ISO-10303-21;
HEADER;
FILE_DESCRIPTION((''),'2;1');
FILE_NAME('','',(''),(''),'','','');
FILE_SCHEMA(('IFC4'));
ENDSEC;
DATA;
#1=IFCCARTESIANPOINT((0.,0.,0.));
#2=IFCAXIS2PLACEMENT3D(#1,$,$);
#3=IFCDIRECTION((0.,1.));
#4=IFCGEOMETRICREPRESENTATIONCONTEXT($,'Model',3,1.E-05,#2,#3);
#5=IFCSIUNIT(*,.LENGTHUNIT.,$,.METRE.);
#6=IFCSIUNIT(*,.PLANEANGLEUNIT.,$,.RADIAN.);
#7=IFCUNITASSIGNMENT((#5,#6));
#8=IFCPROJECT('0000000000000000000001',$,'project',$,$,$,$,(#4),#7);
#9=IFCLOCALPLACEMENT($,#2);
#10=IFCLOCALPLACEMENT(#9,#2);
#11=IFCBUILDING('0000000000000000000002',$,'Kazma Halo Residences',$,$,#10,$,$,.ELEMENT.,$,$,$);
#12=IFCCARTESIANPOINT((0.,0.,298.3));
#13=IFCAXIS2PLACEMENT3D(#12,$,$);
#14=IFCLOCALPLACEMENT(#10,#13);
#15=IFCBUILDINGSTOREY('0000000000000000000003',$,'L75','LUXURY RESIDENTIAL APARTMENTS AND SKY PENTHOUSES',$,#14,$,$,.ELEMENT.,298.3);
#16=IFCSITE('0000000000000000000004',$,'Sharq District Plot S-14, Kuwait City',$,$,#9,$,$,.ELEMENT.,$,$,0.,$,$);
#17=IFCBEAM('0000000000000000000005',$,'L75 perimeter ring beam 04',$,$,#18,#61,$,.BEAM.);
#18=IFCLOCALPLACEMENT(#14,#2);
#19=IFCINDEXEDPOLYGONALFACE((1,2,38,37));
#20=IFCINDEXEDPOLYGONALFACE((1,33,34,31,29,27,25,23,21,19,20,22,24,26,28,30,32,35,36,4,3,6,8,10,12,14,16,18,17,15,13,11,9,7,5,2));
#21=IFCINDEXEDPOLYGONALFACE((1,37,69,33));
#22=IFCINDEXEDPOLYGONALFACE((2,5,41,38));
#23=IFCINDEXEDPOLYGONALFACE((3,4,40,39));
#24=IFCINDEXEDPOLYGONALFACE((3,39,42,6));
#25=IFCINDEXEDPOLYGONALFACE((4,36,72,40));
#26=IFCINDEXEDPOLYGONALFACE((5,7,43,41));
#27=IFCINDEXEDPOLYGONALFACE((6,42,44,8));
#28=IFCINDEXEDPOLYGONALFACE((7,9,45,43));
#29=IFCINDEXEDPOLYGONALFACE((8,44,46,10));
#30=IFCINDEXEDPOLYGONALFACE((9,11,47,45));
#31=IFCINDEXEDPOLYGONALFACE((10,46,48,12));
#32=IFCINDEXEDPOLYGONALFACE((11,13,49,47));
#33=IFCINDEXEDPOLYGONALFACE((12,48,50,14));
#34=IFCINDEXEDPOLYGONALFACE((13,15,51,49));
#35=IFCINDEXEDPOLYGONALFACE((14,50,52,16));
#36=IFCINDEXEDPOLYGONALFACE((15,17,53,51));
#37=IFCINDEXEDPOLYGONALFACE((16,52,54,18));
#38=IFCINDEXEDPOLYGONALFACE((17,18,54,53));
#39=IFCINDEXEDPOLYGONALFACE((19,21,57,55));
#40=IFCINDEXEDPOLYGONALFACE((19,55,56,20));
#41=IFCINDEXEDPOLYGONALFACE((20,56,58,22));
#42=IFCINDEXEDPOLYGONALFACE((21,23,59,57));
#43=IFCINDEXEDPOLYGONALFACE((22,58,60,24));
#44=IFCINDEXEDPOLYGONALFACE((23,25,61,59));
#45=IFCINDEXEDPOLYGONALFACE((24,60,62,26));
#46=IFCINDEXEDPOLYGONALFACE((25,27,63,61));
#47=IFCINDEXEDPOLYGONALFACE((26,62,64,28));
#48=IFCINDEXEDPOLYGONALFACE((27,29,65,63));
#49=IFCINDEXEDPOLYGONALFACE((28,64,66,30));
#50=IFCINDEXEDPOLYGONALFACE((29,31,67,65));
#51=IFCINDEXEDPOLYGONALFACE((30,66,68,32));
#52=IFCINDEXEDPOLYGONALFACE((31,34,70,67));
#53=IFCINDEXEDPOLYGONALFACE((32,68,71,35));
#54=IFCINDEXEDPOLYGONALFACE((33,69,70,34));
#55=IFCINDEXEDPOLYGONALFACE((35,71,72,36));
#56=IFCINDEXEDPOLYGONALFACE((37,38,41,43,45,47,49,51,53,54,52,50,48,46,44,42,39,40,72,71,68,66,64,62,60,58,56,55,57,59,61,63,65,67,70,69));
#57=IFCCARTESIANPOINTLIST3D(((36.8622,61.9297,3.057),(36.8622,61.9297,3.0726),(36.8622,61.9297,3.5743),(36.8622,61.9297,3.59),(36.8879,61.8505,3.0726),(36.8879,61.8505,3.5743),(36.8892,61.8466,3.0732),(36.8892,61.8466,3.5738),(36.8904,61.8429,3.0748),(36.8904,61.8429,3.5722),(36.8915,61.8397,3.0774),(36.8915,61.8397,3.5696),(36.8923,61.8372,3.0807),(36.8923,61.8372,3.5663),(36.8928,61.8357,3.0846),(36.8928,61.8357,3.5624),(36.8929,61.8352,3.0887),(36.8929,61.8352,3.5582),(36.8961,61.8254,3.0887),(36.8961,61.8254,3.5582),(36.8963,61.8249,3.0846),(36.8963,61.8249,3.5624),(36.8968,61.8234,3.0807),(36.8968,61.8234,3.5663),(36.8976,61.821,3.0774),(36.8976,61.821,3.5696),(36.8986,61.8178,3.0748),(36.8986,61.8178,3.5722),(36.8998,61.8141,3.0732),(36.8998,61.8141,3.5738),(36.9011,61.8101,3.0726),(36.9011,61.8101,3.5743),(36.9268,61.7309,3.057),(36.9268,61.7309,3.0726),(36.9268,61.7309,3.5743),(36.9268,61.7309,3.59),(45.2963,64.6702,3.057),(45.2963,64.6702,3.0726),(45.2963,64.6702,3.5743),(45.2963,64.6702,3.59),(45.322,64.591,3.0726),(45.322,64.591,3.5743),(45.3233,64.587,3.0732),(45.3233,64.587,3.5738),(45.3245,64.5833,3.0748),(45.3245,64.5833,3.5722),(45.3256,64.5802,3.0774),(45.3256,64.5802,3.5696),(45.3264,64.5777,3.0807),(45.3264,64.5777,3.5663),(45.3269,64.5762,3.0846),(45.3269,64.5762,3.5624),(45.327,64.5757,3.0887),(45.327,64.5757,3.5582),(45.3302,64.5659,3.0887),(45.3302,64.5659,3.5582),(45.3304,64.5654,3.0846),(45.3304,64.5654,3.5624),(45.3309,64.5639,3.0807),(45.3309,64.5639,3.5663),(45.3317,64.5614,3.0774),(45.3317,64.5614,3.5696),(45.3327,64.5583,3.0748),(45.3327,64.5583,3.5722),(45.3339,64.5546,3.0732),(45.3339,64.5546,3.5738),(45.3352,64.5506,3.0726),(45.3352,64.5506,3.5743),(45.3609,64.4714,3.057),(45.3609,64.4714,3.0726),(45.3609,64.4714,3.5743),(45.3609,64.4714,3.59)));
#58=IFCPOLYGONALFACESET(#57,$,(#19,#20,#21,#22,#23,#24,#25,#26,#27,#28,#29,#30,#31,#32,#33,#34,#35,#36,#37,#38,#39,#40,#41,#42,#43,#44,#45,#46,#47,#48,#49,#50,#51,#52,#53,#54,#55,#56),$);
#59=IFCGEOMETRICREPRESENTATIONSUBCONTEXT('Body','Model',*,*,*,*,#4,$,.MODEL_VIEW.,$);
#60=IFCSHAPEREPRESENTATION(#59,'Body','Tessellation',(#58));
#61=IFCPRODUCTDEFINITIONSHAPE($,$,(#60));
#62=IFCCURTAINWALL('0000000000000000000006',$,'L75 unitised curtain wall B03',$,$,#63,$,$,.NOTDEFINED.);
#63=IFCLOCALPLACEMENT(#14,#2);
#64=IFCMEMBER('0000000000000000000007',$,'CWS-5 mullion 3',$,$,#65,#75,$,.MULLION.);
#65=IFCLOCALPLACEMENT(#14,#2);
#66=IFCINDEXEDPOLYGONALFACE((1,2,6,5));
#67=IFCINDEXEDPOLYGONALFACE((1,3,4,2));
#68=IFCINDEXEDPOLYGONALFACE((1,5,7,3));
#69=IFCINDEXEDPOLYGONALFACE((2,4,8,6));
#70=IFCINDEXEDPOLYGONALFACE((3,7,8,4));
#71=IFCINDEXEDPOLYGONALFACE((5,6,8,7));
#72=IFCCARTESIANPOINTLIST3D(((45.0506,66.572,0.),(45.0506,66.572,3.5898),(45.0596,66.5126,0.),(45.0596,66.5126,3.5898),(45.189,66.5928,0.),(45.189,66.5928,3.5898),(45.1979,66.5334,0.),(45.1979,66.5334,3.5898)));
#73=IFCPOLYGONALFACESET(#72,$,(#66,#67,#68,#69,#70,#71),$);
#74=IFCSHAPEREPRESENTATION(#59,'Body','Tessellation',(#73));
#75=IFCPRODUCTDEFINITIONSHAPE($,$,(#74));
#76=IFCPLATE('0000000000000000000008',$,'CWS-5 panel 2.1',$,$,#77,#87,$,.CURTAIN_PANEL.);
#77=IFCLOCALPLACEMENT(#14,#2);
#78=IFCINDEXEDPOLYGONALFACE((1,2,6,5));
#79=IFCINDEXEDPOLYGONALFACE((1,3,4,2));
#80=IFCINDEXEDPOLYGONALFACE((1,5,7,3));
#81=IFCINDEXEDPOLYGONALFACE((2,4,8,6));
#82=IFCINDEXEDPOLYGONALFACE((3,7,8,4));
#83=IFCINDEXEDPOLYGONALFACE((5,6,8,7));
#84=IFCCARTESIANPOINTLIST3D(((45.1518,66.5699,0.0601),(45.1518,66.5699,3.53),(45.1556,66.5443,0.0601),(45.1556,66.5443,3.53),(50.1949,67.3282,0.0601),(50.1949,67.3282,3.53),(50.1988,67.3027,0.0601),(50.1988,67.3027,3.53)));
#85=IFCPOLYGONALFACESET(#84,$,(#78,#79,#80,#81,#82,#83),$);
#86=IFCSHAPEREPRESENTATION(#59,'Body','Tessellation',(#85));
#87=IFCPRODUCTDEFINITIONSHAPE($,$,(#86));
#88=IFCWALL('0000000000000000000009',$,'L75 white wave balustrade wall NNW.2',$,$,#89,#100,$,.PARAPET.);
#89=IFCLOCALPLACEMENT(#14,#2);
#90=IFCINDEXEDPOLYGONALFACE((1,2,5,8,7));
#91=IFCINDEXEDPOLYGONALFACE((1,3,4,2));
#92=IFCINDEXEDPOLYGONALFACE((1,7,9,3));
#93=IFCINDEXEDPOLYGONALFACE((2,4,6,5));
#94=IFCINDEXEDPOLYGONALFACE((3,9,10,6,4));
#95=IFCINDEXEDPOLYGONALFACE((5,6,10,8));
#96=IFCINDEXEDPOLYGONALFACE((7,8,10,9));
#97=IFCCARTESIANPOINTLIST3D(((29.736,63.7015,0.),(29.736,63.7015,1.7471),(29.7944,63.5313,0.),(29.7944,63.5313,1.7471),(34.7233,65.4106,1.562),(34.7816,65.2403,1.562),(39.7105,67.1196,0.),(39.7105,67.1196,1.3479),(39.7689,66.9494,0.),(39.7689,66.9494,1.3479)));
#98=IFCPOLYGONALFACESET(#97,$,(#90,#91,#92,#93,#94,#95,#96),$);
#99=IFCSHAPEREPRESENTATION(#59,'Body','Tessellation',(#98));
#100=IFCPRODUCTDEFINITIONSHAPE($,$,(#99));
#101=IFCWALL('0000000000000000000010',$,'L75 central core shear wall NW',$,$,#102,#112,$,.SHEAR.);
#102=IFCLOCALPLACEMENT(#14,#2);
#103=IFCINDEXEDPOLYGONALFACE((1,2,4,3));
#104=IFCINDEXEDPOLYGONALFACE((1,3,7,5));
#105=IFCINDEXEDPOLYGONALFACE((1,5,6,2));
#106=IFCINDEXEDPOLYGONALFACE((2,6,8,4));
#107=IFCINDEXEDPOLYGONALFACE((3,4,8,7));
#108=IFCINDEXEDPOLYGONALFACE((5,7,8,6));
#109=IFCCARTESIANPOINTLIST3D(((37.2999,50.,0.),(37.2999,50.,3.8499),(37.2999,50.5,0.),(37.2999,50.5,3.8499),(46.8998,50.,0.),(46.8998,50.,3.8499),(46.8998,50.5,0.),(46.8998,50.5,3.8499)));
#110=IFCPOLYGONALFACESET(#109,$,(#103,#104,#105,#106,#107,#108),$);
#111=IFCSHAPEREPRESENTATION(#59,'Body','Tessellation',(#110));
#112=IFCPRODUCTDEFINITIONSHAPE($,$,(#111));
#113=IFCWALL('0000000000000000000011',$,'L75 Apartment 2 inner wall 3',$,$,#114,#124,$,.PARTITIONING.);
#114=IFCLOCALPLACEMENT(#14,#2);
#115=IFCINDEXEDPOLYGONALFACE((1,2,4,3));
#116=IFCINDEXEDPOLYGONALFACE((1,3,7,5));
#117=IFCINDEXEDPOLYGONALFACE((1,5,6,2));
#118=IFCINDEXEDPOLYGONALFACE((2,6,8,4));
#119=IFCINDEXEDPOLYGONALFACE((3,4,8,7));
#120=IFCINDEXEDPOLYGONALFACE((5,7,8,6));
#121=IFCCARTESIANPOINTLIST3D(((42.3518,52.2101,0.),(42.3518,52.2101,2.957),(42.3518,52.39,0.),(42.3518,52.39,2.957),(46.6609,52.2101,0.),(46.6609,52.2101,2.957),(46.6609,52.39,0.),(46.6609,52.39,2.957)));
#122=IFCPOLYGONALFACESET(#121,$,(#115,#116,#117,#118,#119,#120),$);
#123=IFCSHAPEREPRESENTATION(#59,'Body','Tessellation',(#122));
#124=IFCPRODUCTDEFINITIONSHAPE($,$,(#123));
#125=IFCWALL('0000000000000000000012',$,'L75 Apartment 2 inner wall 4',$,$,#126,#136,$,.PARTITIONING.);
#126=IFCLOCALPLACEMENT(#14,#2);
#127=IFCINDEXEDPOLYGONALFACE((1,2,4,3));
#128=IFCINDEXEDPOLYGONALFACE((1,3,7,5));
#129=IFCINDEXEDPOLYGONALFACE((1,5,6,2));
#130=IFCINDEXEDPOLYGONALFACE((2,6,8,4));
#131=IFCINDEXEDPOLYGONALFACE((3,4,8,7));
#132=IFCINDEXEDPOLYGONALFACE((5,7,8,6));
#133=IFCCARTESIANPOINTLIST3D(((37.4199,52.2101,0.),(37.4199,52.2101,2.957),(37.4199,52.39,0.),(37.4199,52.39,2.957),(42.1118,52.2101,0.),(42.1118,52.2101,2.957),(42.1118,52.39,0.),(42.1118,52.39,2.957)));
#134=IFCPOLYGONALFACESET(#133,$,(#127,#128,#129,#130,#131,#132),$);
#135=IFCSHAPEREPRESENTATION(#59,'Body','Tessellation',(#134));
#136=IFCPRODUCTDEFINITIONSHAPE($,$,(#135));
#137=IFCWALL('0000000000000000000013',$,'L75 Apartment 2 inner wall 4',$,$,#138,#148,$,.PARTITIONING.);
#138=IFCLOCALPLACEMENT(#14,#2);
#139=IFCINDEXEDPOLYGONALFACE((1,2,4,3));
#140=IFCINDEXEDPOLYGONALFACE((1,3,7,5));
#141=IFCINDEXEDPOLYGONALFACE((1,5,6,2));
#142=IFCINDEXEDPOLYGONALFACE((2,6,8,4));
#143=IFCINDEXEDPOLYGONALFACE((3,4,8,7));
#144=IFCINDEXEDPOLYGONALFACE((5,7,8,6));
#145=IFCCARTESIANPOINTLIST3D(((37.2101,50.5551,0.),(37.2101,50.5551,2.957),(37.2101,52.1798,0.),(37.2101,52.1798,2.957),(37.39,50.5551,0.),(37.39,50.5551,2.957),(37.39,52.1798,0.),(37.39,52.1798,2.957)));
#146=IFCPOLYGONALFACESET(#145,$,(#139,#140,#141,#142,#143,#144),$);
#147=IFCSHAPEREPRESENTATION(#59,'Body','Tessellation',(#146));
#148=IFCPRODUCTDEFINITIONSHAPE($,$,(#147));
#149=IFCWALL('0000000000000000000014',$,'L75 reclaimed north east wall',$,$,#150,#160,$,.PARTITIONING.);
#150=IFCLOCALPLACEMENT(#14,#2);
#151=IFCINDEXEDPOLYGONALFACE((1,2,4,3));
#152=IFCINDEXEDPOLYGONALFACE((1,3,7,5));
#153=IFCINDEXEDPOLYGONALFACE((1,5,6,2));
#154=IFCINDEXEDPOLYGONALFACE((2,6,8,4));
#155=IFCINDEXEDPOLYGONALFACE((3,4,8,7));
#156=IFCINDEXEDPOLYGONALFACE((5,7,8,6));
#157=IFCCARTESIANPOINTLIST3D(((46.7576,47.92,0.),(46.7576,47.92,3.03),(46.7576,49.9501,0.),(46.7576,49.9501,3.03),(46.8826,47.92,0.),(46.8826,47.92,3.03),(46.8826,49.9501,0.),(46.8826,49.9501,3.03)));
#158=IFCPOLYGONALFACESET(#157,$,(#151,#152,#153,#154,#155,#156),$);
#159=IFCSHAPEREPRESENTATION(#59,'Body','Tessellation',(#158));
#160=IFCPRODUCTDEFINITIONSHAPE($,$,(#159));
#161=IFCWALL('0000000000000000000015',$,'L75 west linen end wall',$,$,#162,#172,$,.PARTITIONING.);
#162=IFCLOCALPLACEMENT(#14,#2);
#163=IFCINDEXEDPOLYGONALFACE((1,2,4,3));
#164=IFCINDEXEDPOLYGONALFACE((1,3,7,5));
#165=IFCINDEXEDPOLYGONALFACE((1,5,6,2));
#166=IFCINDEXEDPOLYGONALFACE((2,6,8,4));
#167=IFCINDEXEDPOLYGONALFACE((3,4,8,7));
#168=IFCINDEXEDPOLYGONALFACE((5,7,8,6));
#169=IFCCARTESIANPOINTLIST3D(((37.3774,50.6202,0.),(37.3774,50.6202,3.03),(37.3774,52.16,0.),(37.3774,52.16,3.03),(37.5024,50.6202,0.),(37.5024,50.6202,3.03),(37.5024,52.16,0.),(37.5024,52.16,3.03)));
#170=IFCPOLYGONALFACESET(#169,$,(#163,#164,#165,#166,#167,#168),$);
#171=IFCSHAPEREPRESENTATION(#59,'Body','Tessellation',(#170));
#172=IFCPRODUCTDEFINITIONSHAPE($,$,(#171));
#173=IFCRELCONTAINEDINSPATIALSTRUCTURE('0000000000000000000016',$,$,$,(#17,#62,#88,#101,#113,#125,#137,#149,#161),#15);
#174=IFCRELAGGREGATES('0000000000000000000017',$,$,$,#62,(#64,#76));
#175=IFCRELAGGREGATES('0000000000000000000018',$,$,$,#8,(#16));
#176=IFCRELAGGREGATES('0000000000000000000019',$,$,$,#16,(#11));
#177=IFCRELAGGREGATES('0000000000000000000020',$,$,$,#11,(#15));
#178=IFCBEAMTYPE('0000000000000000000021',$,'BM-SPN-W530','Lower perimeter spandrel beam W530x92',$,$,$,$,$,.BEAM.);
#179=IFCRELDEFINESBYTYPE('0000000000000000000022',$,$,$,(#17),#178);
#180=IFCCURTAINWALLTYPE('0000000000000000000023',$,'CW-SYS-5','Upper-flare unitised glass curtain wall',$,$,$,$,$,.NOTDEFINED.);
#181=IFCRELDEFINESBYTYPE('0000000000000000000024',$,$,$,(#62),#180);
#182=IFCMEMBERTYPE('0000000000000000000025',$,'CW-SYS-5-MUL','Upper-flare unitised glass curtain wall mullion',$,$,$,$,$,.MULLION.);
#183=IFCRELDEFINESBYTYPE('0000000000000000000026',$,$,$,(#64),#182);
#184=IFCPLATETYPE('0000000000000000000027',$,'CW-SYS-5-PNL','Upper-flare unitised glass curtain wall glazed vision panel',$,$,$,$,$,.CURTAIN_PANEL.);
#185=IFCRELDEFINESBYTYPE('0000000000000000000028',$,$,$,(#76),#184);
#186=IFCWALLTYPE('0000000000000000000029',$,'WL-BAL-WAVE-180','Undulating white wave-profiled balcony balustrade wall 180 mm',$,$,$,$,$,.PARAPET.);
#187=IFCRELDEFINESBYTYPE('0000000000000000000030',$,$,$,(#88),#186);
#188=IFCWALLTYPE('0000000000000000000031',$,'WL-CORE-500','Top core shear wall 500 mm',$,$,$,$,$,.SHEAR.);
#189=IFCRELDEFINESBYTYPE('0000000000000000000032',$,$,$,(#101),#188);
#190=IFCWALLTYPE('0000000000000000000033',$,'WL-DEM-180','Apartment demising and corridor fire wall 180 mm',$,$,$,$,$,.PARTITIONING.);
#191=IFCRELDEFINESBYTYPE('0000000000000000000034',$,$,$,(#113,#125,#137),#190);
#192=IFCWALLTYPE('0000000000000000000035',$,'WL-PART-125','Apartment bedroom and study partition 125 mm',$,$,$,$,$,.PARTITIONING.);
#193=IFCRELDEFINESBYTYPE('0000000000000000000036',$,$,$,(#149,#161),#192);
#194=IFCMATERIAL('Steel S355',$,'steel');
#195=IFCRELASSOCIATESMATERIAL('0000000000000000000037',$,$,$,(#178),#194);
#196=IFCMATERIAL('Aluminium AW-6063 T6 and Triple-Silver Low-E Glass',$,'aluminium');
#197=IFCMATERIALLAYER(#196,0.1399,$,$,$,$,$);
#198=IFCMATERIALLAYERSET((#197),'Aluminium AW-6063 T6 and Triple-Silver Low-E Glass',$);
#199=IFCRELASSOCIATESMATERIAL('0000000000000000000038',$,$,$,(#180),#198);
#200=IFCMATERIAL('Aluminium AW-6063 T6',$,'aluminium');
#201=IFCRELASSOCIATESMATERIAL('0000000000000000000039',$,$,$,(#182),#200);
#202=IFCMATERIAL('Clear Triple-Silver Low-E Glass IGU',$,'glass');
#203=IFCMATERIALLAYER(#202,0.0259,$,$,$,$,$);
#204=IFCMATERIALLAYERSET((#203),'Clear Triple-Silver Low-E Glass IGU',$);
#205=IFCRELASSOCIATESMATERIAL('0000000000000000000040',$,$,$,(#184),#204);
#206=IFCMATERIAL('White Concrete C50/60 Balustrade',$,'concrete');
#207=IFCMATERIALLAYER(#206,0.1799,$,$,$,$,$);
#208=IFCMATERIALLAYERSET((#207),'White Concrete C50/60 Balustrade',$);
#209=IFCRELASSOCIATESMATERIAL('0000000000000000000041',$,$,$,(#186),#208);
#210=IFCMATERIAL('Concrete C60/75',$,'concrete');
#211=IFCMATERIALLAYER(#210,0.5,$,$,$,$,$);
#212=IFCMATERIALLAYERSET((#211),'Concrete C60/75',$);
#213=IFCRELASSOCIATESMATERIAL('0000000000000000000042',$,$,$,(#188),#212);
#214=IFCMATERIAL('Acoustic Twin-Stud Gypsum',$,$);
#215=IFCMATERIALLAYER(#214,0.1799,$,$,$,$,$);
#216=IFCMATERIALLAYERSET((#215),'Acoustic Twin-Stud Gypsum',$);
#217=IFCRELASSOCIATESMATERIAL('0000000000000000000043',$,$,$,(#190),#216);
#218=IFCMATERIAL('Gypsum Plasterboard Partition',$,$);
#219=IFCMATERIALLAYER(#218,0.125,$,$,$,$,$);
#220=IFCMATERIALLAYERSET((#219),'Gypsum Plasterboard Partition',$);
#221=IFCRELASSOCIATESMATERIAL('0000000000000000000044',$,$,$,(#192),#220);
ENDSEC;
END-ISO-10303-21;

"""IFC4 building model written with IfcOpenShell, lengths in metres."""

from ifc_helpers import new_model, si_unit, direction, frame, frame_2d, origin, origin_2d, place, context, subcontext, project, spatial, polyline, rectangle, i_section, outline, extrude, material, layer, layer_set, material_profile, profile_set, type_object, element, aggregate, save


model = new_model("IFC4")

# Units and contexts
model_context = context("Model", 3, precision=1e-05, world=origin(), true_north=direction((0.0, 1.0)))
body_context = subcontext(model_context, "Body", "Model", "MODEL_VIEW")
ifc_project = project(units=[si_unit("LENGTHUNIT", "METRE"), si_unit("PLANEANGLEUNIT", "RADIAN")], contexts=[model_context])

# Site, building, storey
site_placement = place(None, origin())
site = spatial("IfcSite", under=ifc_project, at=site_placement, Name="Sharq District Plot S-14, Kuwait City", CompositionType="ELEMENT", RefElevation=0.0)
building_placement = place(site_placement, origin())
building = spatial("IfcBuilding", under=site, at=building_placement, Name="Kazma Halo Residences", CompositionType="ELEMENT")
storey_placement = place(building_placement, frame((0.0, 0.0, 298.3)))
storey = spatial("IfcBuildingStorey", under=building, at=storey_placement, Name="L75", Description="LUXURY RESIDENTIAL APARTMENTS AND SKY PENTHOUSES", CompositionType="ELEMENT", Elevation=298.3)

# Shared definitions
ifc_material_1 = material(Name="Concrete C60/75", Category="concrete")

# Beam
ifc_material_2 = material(Name="Steel S355", Category="steel")
ifc_material_profile_1 = material_profile(ifc_material_2, i_section(OverallWidth=0.209, OverallDepth=0.533, WebThickness=0.0103, FlangeThickness=0.0156, FilletRadius=0.0161, at=origin_2d()), Name="W530x92")
ifc_profile_set_1 = profile_set([ifc_material_profile_1], Name="Steel S355")
beam_type_1 = type_object("IfcBeamType", Name="BM-SPN-W530", Description="Lower perimeter spandrel beam W530x92", PredefinedType="BEAM", material=ifc_profile_set_1)
beam_1_placement = place(storey_placement, frame((45.3286, 64.5708, 3.3235), z_axis=(-0.951054, -0.309025, 0.0), x_axis=(0.309025, -0.951054, 0.0)))
element("IfcBeam", 1, at=beam_1_placement, inside=storey, type_object=beam_type_1, Name="L75 perimeter ring beam 04", PredefinedType="BEAM", context=body_context, shape_type="SweptSolid", body=[
    extrude(i_section(OverallWidth=0.209, OverallDepth=0.533, WebThickness=0.0103, FlangeThickness=0.0156, FilletRadius=0.0161, at=origin_2d()), origin(), (0.0, 0.0, 1.0), 8.8682),
])

# Curtain wall, member, plate
ifc_material_3 = material(Name="Aluminium AW-6063 T6 and Triple-Silver Low-E Glass", Category="aluminium")
ifc_layer_1 = layer(ifc_material_3, 0.1399)
ifc_layer_set_1 = layer_set([ifc_layer_1], Name="Aluminium AW-6063 T6 and Triple-Silver Low-E Glass")
curtain_wall_type = type_object("IfcCurtainWallType", Name="CW-SYS-5", Description="Upper-flare unitised glass curtain wall", PredefinedType="NOTDEFINED", material=ifc_layer_set_1)
curtain_wall_placement = place(storey_placement, origin())
curtain_wall = element("IfcCurtainWall", 2, at=curtain_wall_placement, inside=storey, type_object=curtain_wall_type, Name="L75 unitised curtain wall B03", PredefinedType="NOTDEFINED")
ifc_material_4 = material(Name="Aluminium AW-6063 T6", Category="aluminium")
ifc_material_profile_2 = material_profile(ifc_material_4, rectangle(XDim=0.0601, YDim=0.1399, at=origin_2d()), Name="CWM-60x140")
ifc_profile_set_2 = profile_set([ifc_material_profile_2], Name="Aluminium AW-6063 T6")
member_type = type_object("IfcMemberType", Name="CW-SYS-5-MUL", Description="Upper-flare unitised glass curtain wall mullion", PredefinedType="MULLION", material=ifc_profile_set_2)
member_placement = place(storey_placement, frame((45.1243, 66.5527, 0.0), z_axis=(0.0, 0.0, 1.0), x_axis=(0.148697, -0.988883, 0.0)))
member = element("IfcMember", 3, at=member_placement, type_object=member_type, Name="CWS-5 mullion 3", PredefinedType="MULLION", context=body_context, shape_type="SweptSolid", body=[
    extrude(rectangle(XDim=0.0601, YDim=0.1399, at=origin_2d()), origin(), (0.0, 0.0, 1.0), 3.5898),
])
ifc_material_5 = material(Name="Clear Triple-Silver Low-E Glass IGU", Category="glass")
ifc_layer_2 = layer(ifc_material_5, 0.0259)
ifc_layer_set_2 = layer_set([ifc_layer_2], Name="Clear Triple-Silver Low-E Glass IGU")
plate_type = type_object("IfcPlateType", Name="CW-SYS-5-PNL", Description="Upper-flare unitised glass curtain wall glazed vision panel", PredefinedType="CURTAIN_PANEL", material=ifc_layer_set_2)
plate_placement = place(storey_placement, frame((47.6753, 66.9363, 0.0601), z_axis=(0.0, 0.0, 1.0), x_axis=(-0.988883, -0.148697, 0.0)))
plate = element("IfcPlate", 4, at=plate_placement, type_object=plate_type, Name="CWS-5 panel 2.1", PredefinedType="CURTAIN_PANEL", context=body_context, shape_type="SweptSolid", body=[
    extrude(rectangle(XDim=5.0999, YDim=0.0259, at=origin_2d()), origin(), (0.0, 0.0, 1.0), 3.47),
])
aggregate(curtain_wall, [member, plate])

# Walls
ifc_material_6 = material(Name="White Concrete C50/60 Balustrade", Category="concrete")
ifc_layer_3 = layer(ifc_material_6, 0.1799)
ifc_layer_set_3 = layer_set([ifc_layer_3], Name="White Concrete C50/60 Balustrade")
wall_type_1 = type_object("IfcWallType", Name="WL-BAL-WAVE-180", Description="Undulating white wave-profiled balcony balustrade wall 180 mm", PredefinedType="PARAPET", material=ifc_layer_set_3)
wall_1_placement = place(storey_placement, frame((39.7397, 67.0344, 0.0), z_axis=(0.0, 0.0, 1.0), x_axis=(-0.945994, -0.324184, 0.0)))
element("IfcWall", 5, at=wall_1_placement, inside=storey, type_object=wall_type_1, Name="L75 white wave balustrade wall NNW.2", PredefinedType="PARAPET", context=body_context, shape_type="SweptSolid", body=[
    extrude(outline(polyline([(0.0, 0.0), (10.5439, 0.0), (10.5439, 1.7471), (5.272, 1.562), (0.0, 1.3479), (0.0, 0.0)])), frame((0.0, 0.0898, 0.0), z_axis=(0.0, -1.0, 0.0), x_axis=(1.0, 0.0, 0.0)), (0.0, 0.0, 1.0), 0.1799),
])
ifc_layer_4 = layer(ifc_material_1, 0.5)
ifc_layer_set_4 = layer_set([ifc_layer_4], Name="Concrete C60/75")
wall_type_2 = type_object("IfcWallType", Name="WL-CORE-500", Description="Top core shear wall 500 mm", PredefinedType="SHEAR", material=ifc_layer_set_4)
wall_2_placement = place(storey_placement, frame((37.3, 50.25, 0.0), z_axis=(0.0, 0.0, 1.0), x_axis=(1.0, 0.0, 0.0)))
element("IfcWall", 6, at=wall_2_placement, inside=storey, type_object=wall_type_2, Name="L75 central core shear wall NW", PredefinedType="SHEAR", context=body_context, shape_type="SweptSolid", body=[
    extrude(rectangle(XDim=9.5999, YDim=0.5, at=frame_2d((4.7998, 0.0))), origin(), (0.0, 0.0, 1.0), 3.8499),
])
ifc_material_7 = material(Name="Acoustic Twin-Stud Gypsum")
ifc_layer_5 = layer(ifc_material_7, 0.1799)
ifc_layer_set_5 = layer_set([ifc_layer_5], Name="Acoustic Twin-Stud Gypsum")
wall_type_3 = type_object("IfcWallType", Name="WL-DEM-180", Description="Apartment demising and corridor fire wall 180 mm", PredefinedType="PARTITIONING", material=ifc_layer_set_5)
wall_3_placement = place(storey_placement, frame((46.6609, 52.3, 0.0), z_axis=(0.0, 0.0, 1.0), x_axis=(-1.0, 0.0, 0.0)))
element("IfcWall", 7, at=wall_3_placement, inside=storey, type_object=wall_type_3, Name="L75 Apartment 2 inner wall 3", PredefinedType="PARTITIONING", context=body_context, shape_type="SweptSolid", body=[
    extrude(rectangle(XDim=4.3091, YDim=0.1799, at=frame_2d((2.1545, 0.0))), origin(), (0.0, 0.0, 1.0), 2.957),
])
wall_4_placement = place(storey_placement, frame((42.1118, 52.3, 0.0), z_axis=(0.0, 0.0, 1.0), x_axis=(-1.0, 0.0, 0.0)))
element("IfcWall", 8, at=wall_4_placement, inside=storey, type_object=wall_type_3, Name="L75 Apartment 2 inner wall 4", PredefinedType="PARTITIONING", context=body_context, shape_type="SweptSolid", body=[
    extrude(rectangle(XDim=4.6919, YDim=0.1799, at=frame_2d((2.3459, 0.0))), origin(), (0.0, 0.0, 1.0), 2.957),
])
wall_5_placement = place(storey_placement, frame((37.3, 52.1799, 0.0), z_axis=(0.0, 0.0, 1.0), x_axis=(0.0, -1.0, 0.0)))
element("IfcWall", 9, at=wall_5_placement, inside=storey, type_object=wall_type_3, Name="L75 Apartment 2 inner wall 4", PredefinedType="PARTITIONING", context=body_context, shape_type="SweptSolid", body=[
    extrude(rectangle(XDim=1.6248, YDim=0.1799, at=frame_2d((0.8125, 0.0))), origin(), (0.0, 0.0, 1.0), 2.957),
])

# Walls
ifc_material_8 = material(Name="Gypsum Plasterboard Partition")
ifc_layer_6 = layer(ifc_material_8, 0.125)
ifc_layer_set_6 = layer_set([ifc_layer_6], Name="Gypsum Plasterboard Partition")
wall_type_4 = type_object("IfcWallType", Name="WL-PART-125", Description="Apartment bedroom and study partition 125 mm", PredefinedType="PARTITIONING", material=ifc_layer_set_6)
wall_6_placement = place(storey_placement, frame((46.8201, 47.9199, 0.0), z_axis=(0.0, 0.0, 1.0), x_axis=(0.0, 1.0, 0.0)))
element("IfcWall", 10, at=wall_6_placement, inside=storey, type_object=wall_type_4, Name="L75 reclaimed north east wall", PredefinedType="PARTITIONING", context=body_context, shape_type="SweptSolid", body=[
    extrude(rectangle(XDim=2.03, YDim=0.125, at=frame_2d((1.0151, 0.0))), origin(), (0.0, 0.0, 1.0), 3.03),
])
wall_7_placement = place(storey_placement, frame((37.4399, 50.6201, 0.0), z_axis=(0.0, 0.0, 1.0), x_axis=(0.0, 1.0, 0.0)))
element("IfcWall", 11, at=wall_7_placement, inside=storey, type_object=wall_type_4, Name="L75 west linen end wall", PredefinedType="PARTITIONING", context=body_context, shape_type="SweptSolid", body=[
    extrude(rectangle(XDim=1.5398, YDim=0.125, at=frame_2d((0.77, 0.0))), origin(), (0.0, 0.0, 1.0), 3.03),
])

save(model, "model.ifc")
